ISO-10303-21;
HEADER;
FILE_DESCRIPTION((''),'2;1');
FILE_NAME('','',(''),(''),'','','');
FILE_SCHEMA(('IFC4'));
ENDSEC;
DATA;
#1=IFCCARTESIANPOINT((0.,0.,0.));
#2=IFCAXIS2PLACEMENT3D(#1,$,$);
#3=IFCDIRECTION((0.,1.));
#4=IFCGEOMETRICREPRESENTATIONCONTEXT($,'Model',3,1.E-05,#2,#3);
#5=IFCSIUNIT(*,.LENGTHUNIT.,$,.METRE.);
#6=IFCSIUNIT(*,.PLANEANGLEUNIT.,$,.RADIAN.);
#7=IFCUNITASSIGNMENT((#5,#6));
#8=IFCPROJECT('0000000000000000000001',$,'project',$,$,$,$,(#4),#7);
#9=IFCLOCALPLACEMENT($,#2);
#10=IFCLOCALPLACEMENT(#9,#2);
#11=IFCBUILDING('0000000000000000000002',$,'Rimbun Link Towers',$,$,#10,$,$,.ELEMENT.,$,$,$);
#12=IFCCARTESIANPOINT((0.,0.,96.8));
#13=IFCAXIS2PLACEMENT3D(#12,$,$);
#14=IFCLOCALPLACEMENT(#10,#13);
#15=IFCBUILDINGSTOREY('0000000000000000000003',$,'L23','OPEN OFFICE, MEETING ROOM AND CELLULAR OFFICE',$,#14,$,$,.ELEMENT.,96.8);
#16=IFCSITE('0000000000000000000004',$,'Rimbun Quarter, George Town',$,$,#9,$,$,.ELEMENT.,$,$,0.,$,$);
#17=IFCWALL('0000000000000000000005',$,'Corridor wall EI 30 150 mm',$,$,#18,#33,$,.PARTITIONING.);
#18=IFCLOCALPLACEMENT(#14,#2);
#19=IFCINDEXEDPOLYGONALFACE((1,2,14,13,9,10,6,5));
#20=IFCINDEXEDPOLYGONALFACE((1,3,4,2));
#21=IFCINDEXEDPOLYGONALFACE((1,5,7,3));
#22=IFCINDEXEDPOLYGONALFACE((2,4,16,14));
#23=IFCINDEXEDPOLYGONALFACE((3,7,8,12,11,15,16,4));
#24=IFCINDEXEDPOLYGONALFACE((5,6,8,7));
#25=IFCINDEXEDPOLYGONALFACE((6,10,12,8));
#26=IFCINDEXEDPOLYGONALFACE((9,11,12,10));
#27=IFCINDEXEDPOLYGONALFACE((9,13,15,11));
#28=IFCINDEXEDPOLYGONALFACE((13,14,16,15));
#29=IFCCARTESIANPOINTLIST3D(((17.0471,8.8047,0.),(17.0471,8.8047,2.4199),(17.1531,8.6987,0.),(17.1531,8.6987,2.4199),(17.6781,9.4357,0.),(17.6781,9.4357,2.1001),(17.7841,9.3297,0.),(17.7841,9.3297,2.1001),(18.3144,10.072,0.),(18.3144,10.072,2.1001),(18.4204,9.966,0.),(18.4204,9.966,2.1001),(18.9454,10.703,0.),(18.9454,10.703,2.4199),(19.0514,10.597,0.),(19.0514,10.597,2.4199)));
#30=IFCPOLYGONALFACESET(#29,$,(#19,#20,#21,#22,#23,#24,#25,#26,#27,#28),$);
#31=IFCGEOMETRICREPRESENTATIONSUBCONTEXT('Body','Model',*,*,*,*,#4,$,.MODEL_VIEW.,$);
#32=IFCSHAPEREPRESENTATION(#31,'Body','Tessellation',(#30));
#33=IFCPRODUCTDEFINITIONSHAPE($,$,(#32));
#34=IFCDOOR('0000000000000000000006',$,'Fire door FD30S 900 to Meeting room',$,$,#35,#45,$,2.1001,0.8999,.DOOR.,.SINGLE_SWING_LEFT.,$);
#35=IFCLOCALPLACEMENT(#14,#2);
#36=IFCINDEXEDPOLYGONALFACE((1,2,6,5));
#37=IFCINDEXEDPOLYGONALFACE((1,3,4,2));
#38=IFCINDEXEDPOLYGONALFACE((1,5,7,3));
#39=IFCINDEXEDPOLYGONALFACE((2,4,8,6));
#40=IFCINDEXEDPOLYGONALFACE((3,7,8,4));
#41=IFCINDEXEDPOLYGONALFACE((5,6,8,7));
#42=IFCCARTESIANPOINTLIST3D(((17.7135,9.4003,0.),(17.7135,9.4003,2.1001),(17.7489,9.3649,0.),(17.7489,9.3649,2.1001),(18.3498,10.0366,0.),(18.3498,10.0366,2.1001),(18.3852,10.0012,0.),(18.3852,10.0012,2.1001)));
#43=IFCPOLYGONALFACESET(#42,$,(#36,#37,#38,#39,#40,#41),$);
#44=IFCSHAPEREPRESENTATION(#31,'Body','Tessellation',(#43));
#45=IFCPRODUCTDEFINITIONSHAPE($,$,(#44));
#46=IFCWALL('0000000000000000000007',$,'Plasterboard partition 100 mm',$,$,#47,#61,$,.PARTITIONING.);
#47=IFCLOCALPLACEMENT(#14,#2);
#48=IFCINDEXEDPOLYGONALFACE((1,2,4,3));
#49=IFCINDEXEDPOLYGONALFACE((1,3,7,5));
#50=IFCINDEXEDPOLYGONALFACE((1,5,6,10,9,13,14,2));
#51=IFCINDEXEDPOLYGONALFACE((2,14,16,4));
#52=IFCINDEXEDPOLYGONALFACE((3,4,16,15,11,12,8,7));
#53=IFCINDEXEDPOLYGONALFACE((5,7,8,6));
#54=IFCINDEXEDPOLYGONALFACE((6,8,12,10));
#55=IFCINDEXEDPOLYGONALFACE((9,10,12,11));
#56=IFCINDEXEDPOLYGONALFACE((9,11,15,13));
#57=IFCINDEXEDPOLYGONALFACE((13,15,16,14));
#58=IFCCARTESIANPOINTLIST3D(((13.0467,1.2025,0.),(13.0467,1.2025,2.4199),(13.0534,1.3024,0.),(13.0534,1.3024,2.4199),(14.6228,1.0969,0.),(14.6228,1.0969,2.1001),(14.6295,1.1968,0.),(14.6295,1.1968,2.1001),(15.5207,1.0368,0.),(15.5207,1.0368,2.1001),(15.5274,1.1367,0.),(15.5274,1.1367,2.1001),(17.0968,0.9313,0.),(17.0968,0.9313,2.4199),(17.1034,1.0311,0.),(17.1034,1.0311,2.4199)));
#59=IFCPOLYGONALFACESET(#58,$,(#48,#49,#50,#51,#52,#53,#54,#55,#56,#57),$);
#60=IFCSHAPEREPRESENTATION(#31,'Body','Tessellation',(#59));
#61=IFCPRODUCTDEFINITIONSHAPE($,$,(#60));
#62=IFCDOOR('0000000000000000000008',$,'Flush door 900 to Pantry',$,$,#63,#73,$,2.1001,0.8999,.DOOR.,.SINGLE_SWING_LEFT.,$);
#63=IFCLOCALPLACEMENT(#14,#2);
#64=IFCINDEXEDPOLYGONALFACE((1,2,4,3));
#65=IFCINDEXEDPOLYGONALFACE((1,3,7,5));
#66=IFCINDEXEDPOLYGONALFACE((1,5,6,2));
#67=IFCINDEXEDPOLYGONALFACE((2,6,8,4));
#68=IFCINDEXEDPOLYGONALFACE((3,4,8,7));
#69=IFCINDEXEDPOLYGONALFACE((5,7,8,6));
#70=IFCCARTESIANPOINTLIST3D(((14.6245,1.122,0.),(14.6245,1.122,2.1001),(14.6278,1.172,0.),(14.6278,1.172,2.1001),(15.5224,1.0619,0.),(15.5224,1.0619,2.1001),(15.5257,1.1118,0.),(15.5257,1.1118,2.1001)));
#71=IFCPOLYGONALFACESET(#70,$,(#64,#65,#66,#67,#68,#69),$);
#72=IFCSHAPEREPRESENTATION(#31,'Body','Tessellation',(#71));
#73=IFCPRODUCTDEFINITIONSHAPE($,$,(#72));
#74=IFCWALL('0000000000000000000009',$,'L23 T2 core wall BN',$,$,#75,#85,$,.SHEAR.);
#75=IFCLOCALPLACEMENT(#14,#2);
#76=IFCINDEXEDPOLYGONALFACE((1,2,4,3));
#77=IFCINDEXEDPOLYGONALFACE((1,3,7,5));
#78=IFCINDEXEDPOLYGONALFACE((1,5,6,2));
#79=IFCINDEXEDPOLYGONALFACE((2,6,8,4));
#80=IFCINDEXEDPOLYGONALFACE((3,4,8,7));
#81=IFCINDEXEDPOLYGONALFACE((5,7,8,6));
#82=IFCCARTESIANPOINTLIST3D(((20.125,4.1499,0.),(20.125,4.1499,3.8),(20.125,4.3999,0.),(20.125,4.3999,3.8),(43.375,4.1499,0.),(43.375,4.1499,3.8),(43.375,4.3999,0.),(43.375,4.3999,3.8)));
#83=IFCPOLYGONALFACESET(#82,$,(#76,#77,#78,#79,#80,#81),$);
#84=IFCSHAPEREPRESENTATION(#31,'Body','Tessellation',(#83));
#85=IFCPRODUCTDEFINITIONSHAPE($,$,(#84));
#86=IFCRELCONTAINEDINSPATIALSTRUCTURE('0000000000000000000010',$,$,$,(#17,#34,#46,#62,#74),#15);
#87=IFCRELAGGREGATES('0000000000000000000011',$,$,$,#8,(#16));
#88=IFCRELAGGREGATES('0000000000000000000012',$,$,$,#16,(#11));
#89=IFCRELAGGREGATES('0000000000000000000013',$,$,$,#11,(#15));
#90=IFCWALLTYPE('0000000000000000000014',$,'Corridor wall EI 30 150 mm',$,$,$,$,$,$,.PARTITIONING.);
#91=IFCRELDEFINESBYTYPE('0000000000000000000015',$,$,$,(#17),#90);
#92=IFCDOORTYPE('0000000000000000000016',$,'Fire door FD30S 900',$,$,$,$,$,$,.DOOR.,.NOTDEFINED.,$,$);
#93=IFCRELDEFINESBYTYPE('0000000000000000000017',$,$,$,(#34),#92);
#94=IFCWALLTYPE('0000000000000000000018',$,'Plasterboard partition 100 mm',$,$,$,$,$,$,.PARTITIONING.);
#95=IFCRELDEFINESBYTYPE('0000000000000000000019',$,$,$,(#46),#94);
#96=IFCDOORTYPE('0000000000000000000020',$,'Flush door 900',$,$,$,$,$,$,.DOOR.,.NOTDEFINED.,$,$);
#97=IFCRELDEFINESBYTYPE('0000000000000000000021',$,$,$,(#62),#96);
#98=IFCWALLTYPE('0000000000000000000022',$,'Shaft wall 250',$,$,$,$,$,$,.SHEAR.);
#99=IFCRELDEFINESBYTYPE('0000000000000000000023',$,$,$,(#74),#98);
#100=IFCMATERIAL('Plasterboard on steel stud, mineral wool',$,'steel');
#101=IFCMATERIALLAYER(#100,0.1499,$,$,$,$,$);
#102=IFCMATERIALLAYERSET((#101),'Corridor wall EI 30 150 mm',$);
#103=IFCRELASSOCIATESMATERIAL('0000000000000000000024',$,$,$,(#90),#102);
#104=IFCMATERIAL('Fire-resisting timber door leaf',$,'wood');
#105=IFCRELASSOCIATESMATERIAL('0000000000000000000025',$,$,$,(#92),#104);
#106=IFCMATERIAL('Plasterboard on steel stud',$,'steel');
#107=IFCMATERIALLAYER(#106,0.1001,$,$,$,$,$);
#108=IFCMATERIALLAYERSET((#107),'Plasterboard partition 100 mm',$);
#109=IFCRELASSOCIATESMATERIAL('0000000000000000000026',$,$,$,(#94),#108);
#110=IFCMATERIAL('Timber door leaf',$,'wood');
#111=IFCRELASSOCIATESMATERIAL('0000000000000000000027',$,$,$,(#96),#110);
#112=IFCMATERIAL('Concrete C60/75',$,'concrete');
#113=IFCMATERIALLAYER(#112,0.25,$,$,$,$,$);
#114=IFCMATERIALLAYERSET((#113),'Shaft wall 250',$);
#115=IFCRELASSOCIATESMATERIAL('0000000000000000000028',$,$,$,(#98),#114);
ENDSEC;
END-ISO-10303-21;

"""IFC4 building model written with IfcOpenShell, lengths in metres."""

from ifc_helpers import new_model, si_unit, direction, frame, frame_2d, origin, place, context, subcontext, project, spatial, rectangle, extrude, material, layer, layer_set, type_object, element, fill, save


model = new_model("IFC4")

# Units and contexts
model_context = context("Model", 3, precision=1e-05, world=origin(), true_north=direction((0.0, 1.0)))
body_context = subcontext(model_context, "Body", "Model", "MODEL_VIEW")
ifc_project = project(units=[si_unit("LENGTHUNIT", "METRE"), si_unit("PLANEANGLEUNIT", "RADIAN")], contexts=[model_context])

# Site, building, storey
site_placement = place(None, origin())
site = spatial("IfcSite", under=ifc_project, at=site_placement, Name="Rimbun Quarter, George Town", CompositionType="ELEMENT", RefElevation=0.0)
building_placement = place(site_placement, origin())
building = spatial("IfcBuilding", under=site, at=building_placement, Name="Rimbun Link Towers", CompositionType="ELEMENT")
storey_placement = place(building_placement, frame((0.0, 0.0, 96.8)))
storey = spatial("IfcBuildingStorey", under=building, at=storey_placement, Name="L23", Description="OPEN OFFICE, MEETING ROOM AND CELLULAR OFFICE", CompositionType="ELEMENT", Elevation=96.8)

# Walls, openings, doors
ifc_material_1 = material(Name="Plasterboard on steel stud, mineral wool", Category="steel")
ifc_layer_1 = layer(ifc_material_1, 0.1499)
ifc_layer_set_1 = layer_set([ifc_layer_1], Name="Corridor wall EI 30 150 mm")
wall_type_1 = type_object("IfcWallType", Name="Corridor wall EI 30 150 mm", PredefinedType="PARTITIONING", material=ifc_layer_set_1)
wall_1_placement = place(storey_placement, frame((17.1001, 8.7517, 0.0), z_axis=(0.0, 0.0, 1.0), x_axis=(0.707107, 0.707107, 0.0)))
wall_1 = element("IfcWall", 1, at=wall_1_placement, inside=storey, type_object=wall_type_1, Name="Corridor wall EI 30 150 mm", PredefinedType="PARTITIONING", context=body_context, shape_type="SweptSolid", body=[
    extrude(rectangle(XDim=2.6846, YDim=0.1499, at=frame_2d((1.3423, 0.0))), origin(), (0.0, 0.0, 1.0), 2.4199),
])
opening_1_placement = place(wall_1_placement, frame((0.8923, 0.0, 0.0)))
opening_1 = element("IfcOpeningElement", 2, at=opening_1_placement, cuts=wall_1, PredefinedType="OPENING", context=body_context, shape_type="SweptSolid", body=[
    extrude(rectangle(XDim=0.8999, YDim=2.1001, at=frame_2d((0.45, 1.05))), frame((0.0, 0.085, 0.0), z_axis=(0.0, -1.0, 0.0), x_axis=(1.0, 0.0, 0.0)), (0.0, 0.0, 1.0), 0.1699),
])
ifc_material_2 = material(Name="Fire-resisting timber door leaf", Category="wood")
door_type_1 = type_object("IfcDoorType", Name="Fire door FD30S 900", OperationType="NOTDEFINED", PredefinedType="DOOR", material=ifc_material_2)
door_1_placement = place(opening_1_placement, origin())
door_1 = element("IfcDoor", 3, at=door_1_placement, inside=storey, type_object=door_type_1, Name="Fire door FD30S 900 to Meeting room", OperationType="SINGLE_SWING_LEFT", OverallHeight=2.1001, OverallWidth=0.8999, PredefinedType="DOOR", context=body_context, shape_type="SweptSolid", body=[
    extrude(rectangle(XDim=0.8999, YDim=2.1001, at=frame_2d((0.45, 1.05))), frame((0.0, 0.0249, 0.0), z_axis=(0.0, -1.0, 0.0), x_axis=(1.0, 0.0, 0.0)), (0.0, 0.0, 1.0), 0.05),
])
fill(opening_1, door_1)
ifc_material_3 = material(Name="Plasterboard on steel stud", Category="steel")
ifc_layer_2 = layer(ifc_material_3, 0.1001)
ifc_layer_set_2 = layer_set([ifc_layer_2], Name="Plasterboard partition 100 mm")
wall_type_2 = type_object("IfcWallType", Name="Plasterboard partition 100 mm", PredefinedType="PARTITIONING", material=ifc_layer_set_2)
wall_2_placement = place(storey_placement, frame((17.1001, 0.9812, 0.0), z_axis=(0.0, 0.0, 1.0), x_axis=(-0.997765, 0.066822, 0.0)))
wall_2 = element("IfcWall", 4, at=wall_2_placement, inside=storey, type_object=wall_type_2, Name="Plasterboard partition 100 mm", PredefinedType="PARTITIONING", context=body_context, shape_type="SweptSolid", body=[
    extrude(rectangle(XDim=4.0591, YDim=0.1001, at=frame_2d((2.0295, 0.0))), origin(), (0.0, 0.0, 1.0), 2.4199),
])
opening_2_placement = place(wall_2_placement, frame((1.5796, 0.0, 0.0)))
opening_2 = element("IfcOpeningElement", 5, at=opening_2_placement, cuts=wall_2, PredefinedType="OPENING", context=body_context, shape_type="SweptSolid", body=[
    extrude(rectangle(XDim=0.8999, YDim=2.1001, at=frame_2d((0.45, 1.05))), frame((0.0, 0.0601, 0.0), z_axis=(0.0, -1.0, 0.0), x_axis=(1.0, 0.0, 0.0)), (0.0, 0.0, 1.0), 0.1201),
])
ifc_material_4 = material(Name="Timber door leaf", Category="wood")
door_type_2 = type_object("IfcDoorType", Name="Flush door 900", OperationType="NOTDEFINED", PredefinedType="DOOR", material=ifc_material_4)
door_2_placement = place(opening_2_placement, origin())
door_2 = element("IfcDoor", 6, at=door_2_placement, inside=storey, type_object=door_type_2, Name="Flush door 900 to Pantry", OperationType="SINGLE_SWING_LEFT", OverallHeight=2.1001, OverallWidth=0.8999, PredefinedType="DOOR", context=body_context, shape_type="SweptSolid", body=[
    extrude(rectangle(XDim=0.8999, YDim=2.1001, at=frame_2d((0.45, 1.05))), frame((0.0, 0.0249, 0.0), z_axis=(0.0, -1.0, 0.0), x_axis=(1.0, 0.0, 0.0)), (0.0, 0.0, 1.0), 0.05),
])
fill(opening_2, door_2)

# Wall
ifc_material_5 = material(Name="Concrete C60/75", Category="concrete")
ifc_layer_3 = layer(ifc_material_5, 0.25)
ifc_layer_set_3 = layer_set([ifc_layer_3], Name="Shaft wall 250")
wall_type_3 = type_object("IfcWallType", Name="Shaft wall 250", PredefinedType="SHEAR", material=ifc_layer_set_3)
wall_3_placement = place(storey_placement, frame((20.125, 4.2749, 0.0), z_axis=(0.0, 0.0, 1.0), x_axis=(1.0, 0.0, 0.0)))
element("IfcWall", 7, at=wall_3_placement, inside=storey, type_object=wall_type_3, Name="L23 T2 core wall BN", PredefinedType="SHEAR", context=body_context, shape_type="SweptSolid", body=[
    extrude(rectangle(XDim=23.25, YDim=0.25, at=frame_2d((11.625, 0.0))), origin(), (0.0, 0.0, 1.0), 3.8),
])

save(model, "model.ifc")
